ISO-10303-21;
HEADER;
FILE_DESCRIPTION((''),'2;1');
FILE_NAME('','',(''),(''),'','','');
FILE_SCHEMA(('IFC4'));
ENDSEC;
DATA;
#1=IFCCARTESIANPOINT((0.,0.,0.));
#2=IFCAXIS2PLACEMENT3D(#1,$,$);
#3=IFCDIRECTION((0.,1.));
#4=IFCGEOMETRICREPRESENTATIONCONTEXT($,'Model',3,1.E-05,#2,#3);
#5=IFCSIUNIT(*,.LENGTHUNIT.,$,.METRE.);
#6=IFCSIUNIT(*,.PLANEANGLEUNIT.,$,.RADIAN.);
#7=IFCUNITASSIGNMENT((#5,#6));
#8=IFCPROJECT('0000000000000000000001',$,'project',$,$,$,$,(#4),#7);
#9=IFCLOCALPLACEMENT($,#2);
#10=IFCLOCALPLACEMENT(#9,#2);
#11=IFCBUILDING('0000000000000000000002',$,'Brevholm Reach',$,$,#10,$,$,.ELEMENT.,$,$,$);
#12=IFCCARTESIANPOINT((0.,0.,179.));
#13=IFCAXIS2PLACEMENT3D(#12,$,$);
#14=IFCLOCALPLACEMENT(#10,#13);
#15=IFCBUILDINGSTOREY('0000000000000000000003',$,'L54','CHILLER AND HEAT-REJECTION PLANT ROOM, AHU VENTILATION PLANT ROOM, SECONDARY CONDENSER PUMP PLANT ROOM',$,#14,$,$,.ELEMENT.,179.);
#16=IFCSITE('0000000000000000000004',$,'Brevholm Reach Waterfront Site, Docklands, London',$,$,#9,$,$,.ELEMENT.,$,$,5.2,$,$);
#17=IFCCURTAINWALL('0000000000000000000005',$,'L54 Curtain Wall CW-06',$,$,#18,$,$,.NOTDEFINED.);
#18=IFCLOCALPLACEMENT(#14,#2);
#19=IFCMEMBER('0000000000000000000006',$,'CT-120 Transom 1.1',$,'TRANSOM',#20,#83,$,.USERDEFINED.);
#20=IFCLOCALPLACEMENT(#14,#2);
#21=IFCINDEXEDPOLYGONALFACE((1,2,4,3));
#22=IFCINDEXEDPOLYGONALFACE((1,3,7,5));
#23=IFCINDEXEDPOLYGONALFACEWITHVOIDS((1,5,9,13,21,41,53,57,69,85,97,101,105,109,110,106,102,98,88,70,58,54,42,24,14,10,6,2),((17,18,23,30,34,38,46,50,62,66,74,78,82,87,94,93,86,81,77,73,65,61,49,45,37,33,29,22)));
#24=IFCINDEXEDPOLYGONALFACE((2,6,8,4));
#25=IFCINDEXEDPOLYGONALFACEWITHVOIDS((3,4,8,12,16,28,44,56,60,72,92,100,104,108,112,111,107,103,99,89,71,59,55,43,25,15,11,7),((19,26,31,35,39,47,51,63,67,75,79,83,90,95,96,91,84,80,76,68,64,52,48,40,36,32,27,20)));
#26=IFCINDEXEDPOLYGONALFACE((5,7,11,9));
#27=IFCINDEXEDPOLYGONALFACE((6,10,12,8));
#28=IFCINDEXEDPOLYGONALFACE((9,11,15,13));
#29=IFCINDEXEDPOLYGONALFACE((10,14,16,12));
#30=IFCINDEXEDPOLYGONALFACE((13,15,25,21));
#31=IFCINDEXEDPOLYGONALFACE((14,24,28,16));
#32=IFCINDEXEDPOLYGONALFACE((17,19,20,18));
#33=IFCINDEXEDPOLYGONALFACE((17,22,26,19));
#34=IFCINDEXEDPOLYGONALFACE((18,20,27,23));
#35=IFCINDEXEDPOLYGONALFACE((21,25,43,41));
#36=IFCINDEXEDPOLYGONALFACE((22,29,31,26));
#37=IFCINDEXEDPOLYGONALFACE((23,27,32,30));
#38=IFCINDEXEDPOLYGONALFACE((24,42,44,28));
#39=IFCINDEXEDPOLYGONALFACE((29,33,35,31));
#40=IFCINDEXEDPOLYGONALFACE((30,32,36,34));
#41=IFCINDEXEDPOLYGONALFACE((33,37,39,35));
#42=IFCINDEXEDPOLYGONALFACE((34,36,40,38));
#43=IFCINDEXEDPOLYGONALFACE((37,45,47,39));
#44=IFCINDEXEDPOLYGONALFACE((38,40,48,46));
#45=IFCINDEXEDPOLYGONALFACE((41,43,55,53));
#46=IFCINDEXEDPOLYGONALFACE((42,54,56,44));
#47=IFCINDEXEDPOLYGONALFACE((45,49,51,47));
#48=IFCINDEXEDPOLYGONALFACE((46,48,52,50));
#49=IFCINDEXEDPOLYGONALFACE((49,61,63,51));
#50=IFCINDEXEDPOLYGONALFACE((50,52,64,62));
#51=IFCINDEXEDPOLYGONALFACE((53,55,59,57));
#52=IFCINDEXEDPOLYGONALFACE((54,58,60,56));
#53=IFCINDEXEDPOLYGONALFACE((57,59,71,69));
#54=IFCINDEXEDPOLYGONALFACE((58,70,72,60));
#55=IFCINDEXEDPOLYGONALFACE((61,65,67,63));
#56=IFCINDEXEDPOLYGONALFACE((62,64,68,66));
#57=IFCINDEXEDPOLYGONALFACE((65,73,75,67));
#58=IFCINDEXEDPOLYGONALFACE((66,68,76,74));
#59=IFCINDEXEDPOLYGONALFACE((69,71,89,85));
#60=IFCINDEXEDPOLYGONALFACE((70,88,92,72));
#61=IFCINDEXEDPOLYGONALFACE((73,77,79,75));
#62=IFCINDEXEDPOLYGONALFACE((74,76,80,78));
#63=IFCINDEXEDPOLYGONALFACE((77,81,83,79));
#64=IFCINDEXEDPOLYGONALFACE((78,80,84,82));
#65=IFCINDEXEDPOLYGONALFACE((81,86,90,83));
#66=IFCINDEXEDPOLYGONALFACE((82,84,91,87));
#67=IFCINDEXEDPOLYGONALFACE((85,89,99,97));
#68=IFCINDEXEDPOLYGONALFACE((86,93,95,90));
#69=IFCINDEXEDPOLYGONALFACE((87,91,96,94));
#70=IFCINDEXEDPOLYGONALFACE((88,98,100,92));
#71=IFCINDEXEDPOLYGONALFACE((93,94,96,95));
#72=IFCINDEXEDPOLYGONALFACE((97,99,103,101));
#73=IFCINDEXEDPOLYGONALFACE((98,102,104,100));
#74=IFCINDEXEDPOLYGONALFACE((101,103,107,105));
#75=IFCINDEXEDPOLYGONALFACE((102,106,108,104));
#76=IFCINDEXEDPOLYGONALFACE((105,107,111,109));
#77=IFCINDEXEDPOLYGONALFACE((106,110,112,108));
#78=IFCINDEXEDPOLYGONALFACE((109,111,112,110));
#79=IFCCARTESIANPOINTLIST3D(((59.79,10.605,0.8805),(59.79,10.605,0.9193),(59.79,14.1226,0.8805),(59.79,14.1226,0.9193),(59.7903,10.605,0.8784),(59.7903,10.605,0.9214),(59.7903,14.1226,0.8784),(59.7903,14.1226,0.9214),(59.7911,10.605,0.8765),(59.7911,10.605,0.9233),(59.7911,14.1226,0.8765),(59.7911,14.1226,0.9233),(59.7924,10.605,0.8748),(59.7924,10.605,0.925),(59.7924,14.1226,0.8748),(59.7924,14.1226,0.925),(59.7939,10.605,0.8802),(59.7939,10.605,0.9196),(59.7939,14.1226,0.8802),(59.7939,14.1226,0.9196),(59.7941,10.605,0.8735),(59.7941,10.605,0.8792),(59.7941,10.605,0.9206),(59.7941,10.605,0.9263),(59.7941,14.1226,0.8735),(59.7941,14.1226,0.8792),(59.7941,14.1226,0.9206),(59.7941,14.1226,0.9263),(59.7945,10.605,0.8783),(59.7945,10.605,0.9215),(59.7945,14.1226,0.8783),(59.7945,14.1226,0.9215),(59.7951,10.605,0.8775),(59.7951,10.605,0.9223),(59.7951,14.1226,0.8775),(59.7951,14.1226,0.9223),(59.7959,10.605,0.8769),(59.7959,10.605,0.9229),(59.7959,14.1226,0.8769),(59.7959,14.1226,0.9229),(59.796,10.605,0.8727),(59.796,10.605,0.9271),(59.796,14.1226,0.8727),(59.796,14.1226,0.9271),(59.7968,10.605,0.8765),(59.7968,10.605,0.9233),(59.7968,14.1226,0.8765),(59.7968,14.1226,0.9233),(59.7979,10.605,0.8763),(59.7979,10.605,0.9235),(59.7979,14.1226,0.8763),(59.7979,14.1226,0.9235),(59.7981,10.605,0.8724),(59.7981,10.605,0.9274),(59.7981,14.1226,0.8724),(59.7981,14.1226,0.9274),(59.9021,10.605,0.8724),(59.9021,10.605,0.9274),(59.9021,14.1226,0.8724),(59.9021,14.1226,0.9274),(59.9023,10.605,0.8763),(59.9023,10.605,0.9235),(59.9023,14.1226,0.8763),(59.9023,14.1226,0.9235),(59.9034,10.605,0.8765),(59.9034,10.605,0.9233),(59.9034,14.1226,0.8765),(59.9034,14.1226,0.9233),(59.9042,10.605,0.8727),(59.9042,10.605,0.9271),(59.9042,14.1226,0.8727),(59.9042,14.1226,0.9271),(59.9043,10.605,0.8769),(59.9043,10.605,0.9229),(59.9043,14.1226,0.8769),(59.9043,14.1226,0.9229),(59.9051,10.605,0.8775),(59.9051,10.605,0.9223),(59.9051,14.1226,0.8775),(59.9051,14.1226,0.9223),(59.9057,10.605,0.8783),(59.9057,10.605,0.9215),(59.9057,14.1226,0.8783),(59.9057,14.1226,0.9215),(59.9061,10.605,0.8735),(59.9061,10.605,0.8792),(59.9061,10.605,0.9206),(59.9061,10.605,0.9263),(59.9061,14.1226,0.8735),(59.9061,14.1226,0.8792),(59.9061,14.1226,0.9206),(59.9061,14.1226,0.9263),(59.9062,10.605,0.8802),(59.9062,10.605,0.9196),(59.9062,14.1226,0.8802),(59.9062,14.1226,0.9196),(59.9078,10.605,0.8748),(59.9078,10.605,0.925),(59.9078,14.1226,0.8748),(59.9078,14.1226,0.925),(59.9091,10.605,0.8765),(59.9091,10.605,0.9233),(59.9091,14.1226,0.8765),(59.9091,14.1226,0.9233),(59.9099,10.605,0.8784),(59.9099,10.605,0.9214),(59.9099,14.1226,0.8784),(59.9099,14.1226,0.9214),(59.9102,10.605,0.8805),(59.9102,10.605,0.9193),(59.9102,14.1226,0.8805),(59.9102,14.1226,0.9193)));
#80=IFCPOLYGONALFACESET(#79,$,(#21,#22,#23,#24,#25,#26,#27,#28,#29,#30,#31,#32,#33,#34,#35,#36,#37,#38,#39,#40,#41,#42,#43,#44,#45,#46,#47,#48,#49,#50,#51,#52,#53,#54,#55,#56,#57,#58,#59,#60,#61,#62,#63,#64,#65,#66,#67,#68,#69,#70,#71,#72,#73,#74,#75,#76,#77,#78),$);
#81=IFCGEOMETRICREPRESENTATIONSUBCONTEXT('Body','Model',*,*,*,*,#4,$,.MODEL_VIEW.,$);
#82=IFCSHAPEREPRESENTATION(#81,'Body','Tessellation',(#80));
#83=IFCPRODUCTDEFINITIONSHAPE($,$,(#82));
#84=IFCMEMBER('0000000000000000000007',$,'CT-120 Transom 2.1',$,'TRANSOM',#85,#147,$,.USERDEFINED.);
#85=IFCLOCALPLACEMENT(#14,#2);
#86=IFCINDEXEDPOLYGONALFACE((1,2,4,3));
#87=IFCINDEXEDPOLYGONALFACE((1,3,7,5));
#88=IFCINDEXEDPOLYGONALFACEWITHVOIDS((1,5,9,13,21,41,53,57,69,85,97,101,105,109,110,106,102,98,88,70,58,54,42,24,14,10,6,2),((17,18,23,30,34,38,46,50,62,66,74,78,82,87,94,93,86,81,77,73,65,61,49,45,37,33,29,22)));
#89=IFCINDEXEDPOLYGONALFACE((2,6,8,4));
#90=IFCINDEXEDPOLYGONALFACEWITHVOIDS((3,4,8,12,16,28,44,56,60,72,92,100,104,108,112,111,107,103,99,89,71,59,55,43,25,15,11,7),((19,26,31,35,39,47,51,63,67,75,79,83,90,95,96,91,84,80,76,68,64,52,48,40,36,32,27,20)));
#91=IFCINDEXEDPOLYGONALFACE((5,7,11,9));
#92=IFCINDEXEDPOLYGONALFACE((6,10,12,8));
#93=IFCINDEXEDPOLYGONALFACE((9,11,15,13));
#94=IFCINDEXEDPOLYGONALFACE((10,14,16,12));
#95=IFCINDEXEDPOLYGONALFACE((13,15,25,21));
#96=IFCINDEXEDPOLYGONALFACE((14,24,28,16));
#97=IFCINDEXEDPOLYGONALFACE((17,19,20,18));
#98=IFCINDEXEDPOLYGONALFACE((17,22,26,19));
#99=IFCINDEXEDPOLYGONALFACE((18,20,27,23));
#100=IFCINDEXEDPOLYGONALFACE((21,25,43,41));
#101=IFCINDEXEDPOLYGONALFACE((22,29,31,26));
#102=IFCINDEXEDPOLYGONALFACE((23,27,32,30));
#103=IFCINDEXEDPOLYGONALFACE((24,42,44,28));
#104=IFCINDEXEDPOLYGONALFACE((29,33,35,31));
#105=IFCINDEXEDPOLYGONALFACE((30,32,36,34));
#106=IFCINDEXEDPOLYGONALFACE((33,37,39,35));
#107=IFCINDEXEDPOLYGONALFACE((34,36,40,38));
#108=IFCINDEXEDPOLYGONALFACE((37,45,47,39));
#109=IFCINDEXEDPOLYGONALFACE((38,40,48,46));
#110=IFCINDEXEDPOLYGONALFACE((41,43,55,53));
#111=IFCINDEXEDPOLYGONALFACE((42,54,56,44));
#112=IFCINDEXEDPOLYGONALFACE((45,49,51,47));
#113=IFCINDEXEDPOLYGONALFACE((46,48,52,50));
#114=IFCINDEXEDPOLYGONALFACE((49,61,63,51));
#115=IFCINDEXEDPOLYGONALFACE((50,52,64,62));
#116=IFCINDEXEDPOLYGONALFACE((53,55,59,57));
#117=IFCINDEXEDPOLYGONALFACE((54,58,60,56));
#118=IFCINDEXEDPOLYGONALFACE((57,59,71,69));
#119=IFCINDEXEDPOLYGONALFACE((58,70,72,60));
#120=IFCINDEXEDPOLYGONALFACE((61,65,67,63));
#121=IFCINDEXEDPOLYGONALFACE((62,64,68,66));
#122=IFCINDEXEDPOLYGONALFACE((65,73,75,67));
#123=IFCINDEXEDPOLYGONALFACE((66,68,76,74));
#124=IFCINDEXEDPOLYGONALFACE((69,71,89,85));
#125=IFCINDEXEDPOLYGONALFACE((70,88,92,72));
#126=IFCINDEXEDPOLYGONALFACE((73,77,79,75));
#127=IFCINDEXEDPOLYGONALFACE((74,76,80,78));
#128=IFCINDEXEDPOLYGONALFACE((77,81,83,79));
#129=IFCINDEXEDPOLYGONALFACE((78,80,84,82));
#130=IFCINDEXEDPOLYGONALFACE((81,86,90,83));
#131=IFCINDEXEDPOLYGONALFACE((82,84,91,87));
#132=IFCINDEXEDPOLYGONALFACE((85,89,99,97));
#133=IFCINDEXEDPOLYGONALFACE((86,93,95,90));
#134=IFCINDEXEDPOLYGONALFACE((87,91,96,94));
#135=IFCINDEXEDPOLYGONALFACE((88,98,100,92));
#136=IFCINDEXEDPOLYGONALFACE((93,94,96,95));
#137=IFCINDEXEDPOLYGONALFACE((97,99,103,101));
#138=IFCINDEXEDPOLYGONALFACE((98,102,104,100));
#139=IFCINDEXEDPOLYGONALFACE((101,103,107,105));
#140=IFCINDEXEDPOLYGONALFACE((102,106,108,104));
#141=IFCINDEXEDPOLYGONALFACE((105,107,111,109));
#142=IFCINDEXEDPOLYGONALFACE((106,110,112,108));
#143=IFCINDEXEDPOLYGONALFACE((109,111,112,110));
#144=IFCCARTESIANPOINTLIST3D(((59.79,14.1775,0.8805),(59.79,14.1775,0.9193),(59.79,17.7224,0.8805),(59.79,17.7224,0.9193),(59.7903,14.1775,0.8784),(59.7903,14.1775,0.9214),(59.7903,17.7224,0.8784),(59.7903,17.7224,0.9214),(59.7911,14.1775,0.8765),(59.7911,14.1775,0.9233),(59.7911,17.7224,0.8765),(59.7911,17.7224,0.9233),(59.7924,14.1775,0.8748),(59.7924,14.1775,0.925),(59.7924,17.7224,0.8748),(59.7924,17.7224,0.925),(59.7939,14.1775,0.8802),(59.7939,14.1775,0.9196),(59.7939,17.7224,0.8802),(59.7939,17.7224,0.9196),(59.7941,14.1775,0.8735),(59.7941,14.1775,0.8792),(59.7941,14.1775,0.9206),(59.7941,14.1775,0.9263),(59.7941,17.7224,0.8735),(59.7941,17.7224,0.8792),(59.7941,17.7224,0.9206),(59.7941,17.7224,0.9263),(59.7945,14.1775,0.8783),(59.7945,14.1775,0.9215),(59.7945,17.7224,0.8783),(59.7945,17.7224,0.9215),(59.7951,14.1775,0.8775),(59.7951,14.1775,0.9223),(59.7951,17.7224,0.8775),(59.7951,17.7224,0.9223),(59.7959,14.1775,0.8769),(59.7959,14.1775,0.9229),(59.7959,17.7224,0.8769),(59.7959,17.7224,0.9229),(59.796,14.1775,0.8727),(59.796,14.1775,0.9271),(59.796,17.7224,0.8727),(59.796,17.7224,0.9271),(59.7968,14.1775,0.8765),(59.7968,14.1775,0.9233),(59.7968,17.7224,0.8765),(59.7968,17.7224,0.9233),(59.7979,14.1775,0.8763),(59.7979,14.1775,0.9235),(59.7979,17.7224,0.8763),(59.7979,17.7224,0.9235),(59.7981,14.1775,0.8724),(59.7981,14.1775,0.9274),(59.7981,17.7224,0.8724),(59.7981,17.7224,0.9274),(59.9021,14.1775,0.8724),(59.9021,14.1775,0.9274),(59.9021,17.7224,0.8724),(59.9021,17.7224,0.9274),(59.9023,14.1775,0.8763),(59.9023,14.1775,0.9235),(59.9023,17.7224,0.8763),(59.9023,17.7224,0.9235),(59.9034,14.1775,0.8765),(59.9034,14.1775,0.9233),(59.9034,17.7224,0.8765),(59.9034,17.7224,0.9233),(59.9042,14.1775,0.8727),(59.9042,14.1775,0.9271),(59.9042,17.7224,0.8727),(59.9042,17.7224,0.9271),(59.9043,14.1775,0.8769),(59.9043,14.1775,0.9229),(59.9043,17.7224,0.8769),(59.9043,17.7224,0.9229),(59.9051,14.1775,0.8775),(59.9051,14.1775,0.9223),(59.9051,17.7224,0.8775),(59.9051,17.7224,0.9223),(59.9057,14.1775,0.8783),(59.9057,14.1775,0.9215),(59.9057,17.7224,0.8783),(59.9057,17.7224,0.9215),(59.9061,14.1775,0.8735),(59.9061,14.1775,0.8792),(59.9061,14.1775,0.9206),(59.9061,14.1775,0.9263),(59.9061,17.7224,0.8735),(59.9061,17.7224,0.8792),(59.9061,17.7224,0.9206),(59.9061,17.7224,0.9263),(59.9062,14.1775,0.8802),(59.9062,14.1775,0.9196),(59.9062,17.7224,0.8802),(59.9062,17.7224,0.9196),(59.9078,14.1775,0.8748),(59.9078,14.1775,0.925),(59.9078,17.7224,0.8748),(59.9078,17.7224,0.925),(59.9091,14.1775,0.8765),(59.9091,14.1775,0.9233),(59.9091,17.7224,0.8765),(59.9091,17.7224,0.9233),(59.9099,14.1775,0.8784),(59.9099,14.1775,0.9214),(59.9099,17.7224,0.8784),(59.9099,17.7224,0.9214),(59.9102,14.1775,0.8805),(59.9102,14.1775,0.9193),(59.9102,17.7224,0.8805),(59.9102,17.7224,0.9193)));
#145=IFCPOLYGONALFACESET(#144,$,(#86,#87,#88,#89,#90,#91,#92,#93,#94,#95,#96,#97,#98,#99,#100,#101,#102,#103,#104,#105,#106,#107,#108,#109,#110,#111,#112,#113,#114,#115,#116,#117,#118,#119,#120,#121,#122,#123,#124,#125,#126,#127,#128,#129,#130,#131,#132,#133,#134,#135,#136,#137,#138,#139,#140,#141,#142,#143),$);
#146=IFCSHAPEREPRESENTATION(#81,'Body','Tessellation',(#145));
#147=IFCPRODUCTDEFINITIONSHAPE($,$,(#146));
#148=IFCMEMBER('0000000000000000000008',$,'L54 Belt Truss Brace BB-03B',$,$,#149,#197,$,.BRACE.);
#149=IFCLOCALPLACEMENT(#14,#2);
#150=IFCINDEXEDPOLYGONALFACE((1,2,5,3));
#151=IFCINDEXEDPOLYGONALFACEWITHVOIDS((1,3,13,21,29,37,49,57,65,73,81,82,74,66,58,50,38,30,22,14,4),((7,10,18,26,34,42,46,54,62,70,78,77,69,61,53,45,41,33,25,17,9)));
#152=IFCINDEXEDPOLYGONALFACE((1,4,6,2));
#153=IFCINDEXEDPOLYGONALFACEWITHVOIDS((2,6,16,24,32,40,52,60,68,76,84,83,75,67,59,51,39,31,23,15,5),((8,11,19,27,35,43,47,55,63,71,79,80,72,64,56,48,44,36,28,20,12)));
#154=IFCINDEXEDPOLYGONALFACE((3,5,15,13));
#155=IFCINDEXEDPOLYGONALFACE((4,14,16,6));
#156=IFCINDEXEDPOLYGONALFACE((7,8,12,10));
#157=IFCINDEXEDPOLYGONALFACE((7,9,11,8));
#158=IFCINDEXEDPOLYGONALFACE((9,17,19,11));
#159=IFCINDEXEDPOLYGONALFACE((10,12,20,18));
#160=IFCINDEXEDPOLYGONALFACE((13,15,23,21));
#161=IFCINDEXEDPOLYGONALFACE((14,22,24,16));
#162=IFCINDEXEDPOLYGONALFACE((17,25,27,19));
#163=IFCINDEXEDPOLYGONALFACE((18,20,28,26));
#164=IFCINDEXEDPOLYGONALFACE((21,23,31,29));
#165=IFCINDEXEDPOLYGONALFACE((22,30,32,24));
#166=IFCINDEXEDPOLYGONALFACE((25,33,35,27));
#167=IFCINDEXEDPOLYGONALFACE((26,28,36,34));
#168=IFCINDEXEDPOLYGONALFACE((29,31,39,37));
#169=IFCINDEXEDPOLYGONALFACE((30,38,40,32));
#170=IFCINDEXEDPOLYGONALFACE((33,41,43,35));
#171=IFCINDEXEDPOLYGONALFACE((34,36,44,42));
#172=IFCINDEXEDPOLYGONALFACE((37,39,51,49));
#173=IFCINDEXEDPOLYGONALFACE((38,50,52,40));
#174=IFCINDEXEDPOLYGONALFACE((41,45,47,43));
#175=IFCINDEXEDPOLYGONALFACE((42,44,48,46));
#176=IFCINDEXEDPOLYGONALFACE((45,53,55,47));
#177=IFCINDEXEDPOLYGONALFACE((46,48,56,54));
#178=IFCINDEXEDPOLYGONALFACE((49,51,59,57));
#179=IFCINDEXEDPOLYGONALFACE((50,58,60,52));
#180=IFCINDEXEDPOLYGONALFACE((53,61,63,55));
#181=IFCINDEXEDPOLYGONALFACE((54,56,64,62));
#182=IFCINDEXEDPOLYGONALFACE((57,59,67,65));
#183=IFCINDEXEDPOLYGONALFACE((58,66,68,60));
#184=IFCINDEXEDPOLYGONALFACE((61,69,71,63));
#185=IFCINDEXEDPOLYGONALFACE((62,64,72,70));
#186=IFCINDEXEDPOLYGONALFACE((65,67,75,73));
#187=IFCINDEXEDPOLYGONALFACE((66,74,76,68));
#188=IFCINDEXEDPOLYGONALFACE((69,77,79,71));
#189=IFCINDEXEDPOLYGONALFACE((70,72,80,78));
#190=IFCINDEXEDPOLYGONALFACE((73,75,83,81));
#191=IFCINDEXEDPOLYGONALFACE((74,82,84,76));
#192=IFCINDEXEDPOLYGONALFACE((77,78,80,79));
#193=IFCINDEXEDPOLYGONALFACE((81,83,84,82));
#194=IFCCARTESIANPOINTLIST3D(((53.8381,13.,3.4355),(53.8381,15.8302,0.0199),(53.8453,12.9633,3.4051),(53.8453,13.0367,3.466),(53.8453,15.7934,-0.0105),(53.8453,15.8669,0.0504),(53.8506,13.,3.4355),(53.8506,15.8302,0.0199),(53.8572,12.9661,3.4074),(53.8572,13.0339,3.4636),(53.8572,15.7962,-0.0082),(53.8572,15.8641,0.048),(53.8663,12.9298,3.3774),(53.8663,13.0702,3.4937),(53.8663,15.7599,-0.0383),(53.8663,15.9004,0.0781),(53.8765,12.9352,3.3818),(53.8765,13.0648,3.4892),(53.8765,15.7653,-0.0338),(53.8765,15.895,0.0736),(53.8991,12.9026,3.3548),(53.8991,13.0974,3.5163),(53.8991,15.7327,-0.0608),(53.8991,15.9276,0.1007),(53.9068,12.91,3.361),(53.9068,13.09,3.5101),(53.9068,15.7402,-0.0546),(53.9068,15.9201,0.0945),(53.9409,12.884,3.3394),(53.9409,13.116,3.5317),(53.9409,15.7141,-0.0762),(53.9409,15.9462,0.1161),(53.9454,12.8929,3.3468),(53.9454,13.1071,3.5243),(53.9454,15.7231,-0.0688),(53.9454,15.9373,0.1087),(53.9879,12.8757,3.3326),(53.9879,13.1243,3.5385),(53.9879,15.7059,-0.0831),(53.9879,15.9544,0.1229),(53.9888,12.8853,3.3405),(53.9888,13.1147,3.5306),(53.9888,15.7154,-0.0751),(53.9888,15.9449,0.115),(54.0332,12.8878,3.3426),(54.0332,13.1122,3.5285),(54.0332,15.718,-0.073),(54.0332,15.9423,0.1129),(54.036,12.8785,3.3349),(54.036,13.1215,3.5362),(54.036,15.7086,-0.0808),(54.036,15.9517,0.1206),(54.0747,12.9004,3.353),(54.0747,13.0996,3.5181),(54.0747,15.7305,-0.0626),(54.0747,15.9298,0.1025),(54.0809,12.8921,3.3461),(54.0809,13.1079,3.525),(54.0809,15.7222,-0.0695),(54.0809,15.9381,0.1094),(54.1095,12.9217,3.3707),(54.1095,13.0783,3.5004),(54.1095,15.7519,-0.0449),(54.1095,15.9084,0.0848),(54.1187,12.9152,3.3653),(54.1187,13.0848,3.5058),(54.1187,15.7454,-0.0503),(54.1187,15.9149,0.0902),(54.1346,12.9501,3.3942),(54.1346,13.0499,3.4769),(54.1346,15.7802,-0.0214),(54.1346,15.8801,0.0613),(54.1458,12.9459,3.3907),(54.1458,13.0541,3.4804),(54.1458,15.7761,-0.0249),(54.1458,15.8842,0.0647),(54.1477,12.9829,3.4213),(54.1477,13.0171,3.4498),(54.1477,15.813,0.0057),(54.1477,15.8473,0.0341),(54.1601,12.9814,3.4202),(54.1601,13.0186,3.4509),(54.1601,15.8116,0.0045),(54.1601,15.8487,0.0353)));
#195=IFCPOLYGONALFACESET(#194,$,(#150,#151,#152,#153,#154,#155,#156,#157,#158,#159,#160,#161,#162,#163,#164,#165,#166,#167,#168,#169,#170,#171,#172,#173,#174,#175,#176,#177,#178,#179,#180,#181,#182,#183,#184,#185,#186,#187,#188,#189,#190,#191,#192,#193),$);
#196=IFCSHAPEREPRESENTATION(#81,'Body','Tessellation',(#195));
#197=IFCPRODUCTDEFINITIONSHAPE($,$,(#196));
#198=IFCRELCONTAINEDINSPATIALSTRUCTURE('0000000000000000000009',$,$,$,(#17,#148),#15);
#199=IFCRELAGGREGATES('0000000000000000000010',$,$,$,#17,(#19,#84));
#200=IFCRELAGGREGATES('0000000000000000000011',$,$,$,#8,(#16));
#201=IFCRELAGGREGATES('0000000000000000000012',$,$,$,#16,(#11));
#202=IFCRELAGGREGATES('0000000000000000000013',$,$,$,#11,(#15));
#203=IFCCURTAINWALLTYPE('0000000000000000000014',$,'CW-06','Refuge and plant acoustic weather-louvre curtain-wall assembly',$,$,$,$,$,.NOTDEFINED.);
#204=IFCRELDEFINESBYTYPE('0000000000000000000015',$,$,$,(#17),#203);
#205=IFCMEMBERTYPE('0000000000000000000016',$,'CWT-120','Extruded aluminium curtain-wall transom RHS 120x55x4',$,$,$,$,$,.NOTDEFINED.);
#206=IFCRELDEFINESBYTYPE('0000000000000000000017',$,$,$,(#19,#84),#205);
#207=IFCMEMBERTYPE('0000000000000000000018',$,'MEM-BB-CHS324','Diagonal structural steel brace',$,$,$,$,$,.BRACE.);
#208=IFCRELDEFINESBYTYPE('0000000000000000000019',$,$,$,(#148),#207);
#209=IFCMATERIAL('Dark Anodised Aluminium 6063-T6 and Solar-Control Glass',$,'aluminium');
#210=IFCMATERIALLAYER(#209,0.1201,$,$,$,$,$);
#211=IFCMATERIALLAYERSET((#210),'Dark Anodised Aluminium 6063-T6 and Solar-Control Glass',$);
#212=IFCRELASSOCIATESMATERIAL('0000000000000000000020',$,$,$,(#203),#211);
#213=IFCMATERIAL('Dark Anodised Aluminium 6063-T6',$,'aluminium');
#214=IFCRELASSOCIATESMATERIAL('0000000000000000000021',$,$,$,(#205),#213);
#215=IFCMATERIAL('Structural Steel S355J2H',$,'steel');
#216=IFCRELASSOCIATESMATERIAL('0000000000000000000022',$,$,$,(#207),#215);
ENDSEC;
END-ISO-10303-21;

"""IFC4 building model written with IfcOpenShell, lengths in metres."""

from ifc_helpers import new_model, si_unit, direction, frame, origin, origin_2d, place, context, subcontext, project, spatial, hollow_rectangle, hollow_circle, extrude, material, layer, layer_set, material_profile, profile_set, type_object, element, aggregate, save


model = new_model("IFC4")

# Units and contexts
model_context = context("Model", 3, precision=1e-05, world=origin(), true_north=direction((0.0, 1.0)))
body_context = subcontext(model_context, "Body", "Model", "MODEL_VIEW")
ifc_project = project(units=[si_unit("LENGTHUNIT", "METRE"), si_unit("PLANEANGLEUNIT", "RADIAN")], contexts=[model_context])

# Site, building, storey
site_placement = place(None, origin())
site = spatial("IfcSite", under=ifc_project, at=site_placement, Name="Brevholm Reach Waterfront Site, Docklands, London", CompositionType="ELEMENT", RefElevation=5.2)
building_placement = place(site_placement, origin())
building = spatial("IfcBuilding", under=site, at=building_placement, Name="Brevholm Reach", CompositionType="ELEMENT")
storey_placement = place(building_placement, frame((0.0, 0.0, 179.0)))
storey = spatial("IfcBuildingStorey", under=building, at=storey_placement, Name="L54", Description="CHILLER AND HEAT-REJECTION PLANT ROOM, AHU VENTILATION PLANT ROOM, SECONDARY CONDENSER PUMP PLANT ROOM", CompositionType="ELEMENT", Elevation=179.0)

# Curtain wall, members
ifc_material_1 = material(Name="Dark Anodised Aluminium 6063-T6 and Solar-Control Glass", Category="aluminium")
ifc_layer_1 = layer(ifc_material_1, 0.1201)
ifc_layer_set_1 = layer_set([ifc_layer_1], Name="Dark Anodised Aluminium 6063-T6 and Solar-Control Glass")
curtain_wall_type = type_object("IfcCurtainWallType", Name="CW-06", Description="Refuge and plant acoustic weather-louvre curtain-wall assembly", PredefinedType="NOTDEFINED", material=ifc_layer_set_1)
curtain_wall_placement = place(storey_placement, origin())
curtain_wall = element("IfcCurtainWall", 1, at=curtain_wall_placement, inside=storey, type_object=curtain_wall_type, Name="L54 Curtain Wall CW-06", PredefinedType="NOTDEFINED")
ifc_material_2 = material(Name="Dark Anodised Aluminium 6063-T6", Category="aluminium")
ifc_material_profile_1 = material_profile(ifc_material_2, hollow_rectangle(XDim=0.0549, YDim=0.1201, WallThickness=0.0039, InnerFilletRadius=0.0039, OuterFilletRadius=0.0081, at=origin_2d()), Name="RHS 120x55x4")
ifc_profile_set_1 = profile_set([ifc_material_profile_1], Name="Dark Anodised Aluminium 6063-T6")
member_type_1 = type_object("IfcMemberType", Name="CWT-120", Description="Extruded aluminium curtain-wall transom RHS 120x55x4", PredefinedType="NOTDEFINED", material=ifc_profile_set_1)
member_1_placement = place(storey_placement, frame((59.8501, 10.605, 0.8999), z_axis=(0.0, 1.0, 0.0), x_axis=(0.0, 0.0, 1.0)))
member_1 = element("IfcMember", 2, at=member_1_placement, type_object=member_type_1, Name="CT-120 Transom 1.1", ObjectType="TRANSOM", PredefinedType="USERDEFINED", context=body_context, shape_type="SweptSolid", body=[
    extrude(hollow_rectangle(XDim=0.0549, YDim=0.1201, WallThickness=0.0039, InnerFilletRadius=0.0039, OuterFilletRadius=0.0081, at=origin_2d()), origin(), (0.0, 0.0, 1.0), 3.5176),
])
member_2_placement = place(storey_placement, frame((59.8501, 14.1775, 0.8999), z_axis=(0.0, 1.0, 0.0), x_axis=(0.0, 0.0, 1.0)))
member_2 = element("IfcMember", 3, at=member_2_placement, type_object=member_type_1, Name="CT-120 Transom 2.1", ObjectType="TRANSOM", PredefinedType="USERDEFINED", context=body_context, shape_type="SweptSolid", body=[
    extrude(hollow_rectangle(XDim=0.0549, YDim=0.1201, WallThickness=0.0039, InnerFilletRadius=0.0039, OuterFilletRadius=0.0081, at=origin_2d()), origin(), (0.0, 0.0, 1.0), 3.5449),
])

# Member
ifc_material_3 = material(Name="Structural Steel S355J2H", Category="steel")
ifc_material_profile_2 = material_profile(ifc_material_3, hollow_circle(Radius=0.1619, WallThickness=0.0125, at=origin_2d()), Name="CHS 323.9x12.5")
ifc_profile_set_2 = profile_set([ifc_material_profile_2], Name="Structural Steel S355J2H")
member_type_2 = type_object("IfcMemberType", Name="MEM-BB-CHS324", Description="Diagonal structural steel brace", PredefinedType="BRACE", material=ifc_profile_set_2)
member_3_placement = place(storey_placement, frame((54.0, 13.0, 3.4355), z_axis=(0.0, 0.638027, -0.770014), x_axis=(-1.0, 0.0, 0.0)))
element("IfcMember", 4, at=member_3_placement, inside=storey, type_object=member_type_2, Name="L54 Belt Truss Brace BB-03B", PredefinedType="BRACE", context=body_context, shape_type="SweptSolid", body=[
    extrude(hollow_circle(Radius=0.1619, WallThickness=0.0125, at=origin_2d()), origin(), (0.0, 0.0, 1.0), 4.4358),
])

aggregate(curtain_wall, [member_1, member_2])

save(model, "model.ifc")
